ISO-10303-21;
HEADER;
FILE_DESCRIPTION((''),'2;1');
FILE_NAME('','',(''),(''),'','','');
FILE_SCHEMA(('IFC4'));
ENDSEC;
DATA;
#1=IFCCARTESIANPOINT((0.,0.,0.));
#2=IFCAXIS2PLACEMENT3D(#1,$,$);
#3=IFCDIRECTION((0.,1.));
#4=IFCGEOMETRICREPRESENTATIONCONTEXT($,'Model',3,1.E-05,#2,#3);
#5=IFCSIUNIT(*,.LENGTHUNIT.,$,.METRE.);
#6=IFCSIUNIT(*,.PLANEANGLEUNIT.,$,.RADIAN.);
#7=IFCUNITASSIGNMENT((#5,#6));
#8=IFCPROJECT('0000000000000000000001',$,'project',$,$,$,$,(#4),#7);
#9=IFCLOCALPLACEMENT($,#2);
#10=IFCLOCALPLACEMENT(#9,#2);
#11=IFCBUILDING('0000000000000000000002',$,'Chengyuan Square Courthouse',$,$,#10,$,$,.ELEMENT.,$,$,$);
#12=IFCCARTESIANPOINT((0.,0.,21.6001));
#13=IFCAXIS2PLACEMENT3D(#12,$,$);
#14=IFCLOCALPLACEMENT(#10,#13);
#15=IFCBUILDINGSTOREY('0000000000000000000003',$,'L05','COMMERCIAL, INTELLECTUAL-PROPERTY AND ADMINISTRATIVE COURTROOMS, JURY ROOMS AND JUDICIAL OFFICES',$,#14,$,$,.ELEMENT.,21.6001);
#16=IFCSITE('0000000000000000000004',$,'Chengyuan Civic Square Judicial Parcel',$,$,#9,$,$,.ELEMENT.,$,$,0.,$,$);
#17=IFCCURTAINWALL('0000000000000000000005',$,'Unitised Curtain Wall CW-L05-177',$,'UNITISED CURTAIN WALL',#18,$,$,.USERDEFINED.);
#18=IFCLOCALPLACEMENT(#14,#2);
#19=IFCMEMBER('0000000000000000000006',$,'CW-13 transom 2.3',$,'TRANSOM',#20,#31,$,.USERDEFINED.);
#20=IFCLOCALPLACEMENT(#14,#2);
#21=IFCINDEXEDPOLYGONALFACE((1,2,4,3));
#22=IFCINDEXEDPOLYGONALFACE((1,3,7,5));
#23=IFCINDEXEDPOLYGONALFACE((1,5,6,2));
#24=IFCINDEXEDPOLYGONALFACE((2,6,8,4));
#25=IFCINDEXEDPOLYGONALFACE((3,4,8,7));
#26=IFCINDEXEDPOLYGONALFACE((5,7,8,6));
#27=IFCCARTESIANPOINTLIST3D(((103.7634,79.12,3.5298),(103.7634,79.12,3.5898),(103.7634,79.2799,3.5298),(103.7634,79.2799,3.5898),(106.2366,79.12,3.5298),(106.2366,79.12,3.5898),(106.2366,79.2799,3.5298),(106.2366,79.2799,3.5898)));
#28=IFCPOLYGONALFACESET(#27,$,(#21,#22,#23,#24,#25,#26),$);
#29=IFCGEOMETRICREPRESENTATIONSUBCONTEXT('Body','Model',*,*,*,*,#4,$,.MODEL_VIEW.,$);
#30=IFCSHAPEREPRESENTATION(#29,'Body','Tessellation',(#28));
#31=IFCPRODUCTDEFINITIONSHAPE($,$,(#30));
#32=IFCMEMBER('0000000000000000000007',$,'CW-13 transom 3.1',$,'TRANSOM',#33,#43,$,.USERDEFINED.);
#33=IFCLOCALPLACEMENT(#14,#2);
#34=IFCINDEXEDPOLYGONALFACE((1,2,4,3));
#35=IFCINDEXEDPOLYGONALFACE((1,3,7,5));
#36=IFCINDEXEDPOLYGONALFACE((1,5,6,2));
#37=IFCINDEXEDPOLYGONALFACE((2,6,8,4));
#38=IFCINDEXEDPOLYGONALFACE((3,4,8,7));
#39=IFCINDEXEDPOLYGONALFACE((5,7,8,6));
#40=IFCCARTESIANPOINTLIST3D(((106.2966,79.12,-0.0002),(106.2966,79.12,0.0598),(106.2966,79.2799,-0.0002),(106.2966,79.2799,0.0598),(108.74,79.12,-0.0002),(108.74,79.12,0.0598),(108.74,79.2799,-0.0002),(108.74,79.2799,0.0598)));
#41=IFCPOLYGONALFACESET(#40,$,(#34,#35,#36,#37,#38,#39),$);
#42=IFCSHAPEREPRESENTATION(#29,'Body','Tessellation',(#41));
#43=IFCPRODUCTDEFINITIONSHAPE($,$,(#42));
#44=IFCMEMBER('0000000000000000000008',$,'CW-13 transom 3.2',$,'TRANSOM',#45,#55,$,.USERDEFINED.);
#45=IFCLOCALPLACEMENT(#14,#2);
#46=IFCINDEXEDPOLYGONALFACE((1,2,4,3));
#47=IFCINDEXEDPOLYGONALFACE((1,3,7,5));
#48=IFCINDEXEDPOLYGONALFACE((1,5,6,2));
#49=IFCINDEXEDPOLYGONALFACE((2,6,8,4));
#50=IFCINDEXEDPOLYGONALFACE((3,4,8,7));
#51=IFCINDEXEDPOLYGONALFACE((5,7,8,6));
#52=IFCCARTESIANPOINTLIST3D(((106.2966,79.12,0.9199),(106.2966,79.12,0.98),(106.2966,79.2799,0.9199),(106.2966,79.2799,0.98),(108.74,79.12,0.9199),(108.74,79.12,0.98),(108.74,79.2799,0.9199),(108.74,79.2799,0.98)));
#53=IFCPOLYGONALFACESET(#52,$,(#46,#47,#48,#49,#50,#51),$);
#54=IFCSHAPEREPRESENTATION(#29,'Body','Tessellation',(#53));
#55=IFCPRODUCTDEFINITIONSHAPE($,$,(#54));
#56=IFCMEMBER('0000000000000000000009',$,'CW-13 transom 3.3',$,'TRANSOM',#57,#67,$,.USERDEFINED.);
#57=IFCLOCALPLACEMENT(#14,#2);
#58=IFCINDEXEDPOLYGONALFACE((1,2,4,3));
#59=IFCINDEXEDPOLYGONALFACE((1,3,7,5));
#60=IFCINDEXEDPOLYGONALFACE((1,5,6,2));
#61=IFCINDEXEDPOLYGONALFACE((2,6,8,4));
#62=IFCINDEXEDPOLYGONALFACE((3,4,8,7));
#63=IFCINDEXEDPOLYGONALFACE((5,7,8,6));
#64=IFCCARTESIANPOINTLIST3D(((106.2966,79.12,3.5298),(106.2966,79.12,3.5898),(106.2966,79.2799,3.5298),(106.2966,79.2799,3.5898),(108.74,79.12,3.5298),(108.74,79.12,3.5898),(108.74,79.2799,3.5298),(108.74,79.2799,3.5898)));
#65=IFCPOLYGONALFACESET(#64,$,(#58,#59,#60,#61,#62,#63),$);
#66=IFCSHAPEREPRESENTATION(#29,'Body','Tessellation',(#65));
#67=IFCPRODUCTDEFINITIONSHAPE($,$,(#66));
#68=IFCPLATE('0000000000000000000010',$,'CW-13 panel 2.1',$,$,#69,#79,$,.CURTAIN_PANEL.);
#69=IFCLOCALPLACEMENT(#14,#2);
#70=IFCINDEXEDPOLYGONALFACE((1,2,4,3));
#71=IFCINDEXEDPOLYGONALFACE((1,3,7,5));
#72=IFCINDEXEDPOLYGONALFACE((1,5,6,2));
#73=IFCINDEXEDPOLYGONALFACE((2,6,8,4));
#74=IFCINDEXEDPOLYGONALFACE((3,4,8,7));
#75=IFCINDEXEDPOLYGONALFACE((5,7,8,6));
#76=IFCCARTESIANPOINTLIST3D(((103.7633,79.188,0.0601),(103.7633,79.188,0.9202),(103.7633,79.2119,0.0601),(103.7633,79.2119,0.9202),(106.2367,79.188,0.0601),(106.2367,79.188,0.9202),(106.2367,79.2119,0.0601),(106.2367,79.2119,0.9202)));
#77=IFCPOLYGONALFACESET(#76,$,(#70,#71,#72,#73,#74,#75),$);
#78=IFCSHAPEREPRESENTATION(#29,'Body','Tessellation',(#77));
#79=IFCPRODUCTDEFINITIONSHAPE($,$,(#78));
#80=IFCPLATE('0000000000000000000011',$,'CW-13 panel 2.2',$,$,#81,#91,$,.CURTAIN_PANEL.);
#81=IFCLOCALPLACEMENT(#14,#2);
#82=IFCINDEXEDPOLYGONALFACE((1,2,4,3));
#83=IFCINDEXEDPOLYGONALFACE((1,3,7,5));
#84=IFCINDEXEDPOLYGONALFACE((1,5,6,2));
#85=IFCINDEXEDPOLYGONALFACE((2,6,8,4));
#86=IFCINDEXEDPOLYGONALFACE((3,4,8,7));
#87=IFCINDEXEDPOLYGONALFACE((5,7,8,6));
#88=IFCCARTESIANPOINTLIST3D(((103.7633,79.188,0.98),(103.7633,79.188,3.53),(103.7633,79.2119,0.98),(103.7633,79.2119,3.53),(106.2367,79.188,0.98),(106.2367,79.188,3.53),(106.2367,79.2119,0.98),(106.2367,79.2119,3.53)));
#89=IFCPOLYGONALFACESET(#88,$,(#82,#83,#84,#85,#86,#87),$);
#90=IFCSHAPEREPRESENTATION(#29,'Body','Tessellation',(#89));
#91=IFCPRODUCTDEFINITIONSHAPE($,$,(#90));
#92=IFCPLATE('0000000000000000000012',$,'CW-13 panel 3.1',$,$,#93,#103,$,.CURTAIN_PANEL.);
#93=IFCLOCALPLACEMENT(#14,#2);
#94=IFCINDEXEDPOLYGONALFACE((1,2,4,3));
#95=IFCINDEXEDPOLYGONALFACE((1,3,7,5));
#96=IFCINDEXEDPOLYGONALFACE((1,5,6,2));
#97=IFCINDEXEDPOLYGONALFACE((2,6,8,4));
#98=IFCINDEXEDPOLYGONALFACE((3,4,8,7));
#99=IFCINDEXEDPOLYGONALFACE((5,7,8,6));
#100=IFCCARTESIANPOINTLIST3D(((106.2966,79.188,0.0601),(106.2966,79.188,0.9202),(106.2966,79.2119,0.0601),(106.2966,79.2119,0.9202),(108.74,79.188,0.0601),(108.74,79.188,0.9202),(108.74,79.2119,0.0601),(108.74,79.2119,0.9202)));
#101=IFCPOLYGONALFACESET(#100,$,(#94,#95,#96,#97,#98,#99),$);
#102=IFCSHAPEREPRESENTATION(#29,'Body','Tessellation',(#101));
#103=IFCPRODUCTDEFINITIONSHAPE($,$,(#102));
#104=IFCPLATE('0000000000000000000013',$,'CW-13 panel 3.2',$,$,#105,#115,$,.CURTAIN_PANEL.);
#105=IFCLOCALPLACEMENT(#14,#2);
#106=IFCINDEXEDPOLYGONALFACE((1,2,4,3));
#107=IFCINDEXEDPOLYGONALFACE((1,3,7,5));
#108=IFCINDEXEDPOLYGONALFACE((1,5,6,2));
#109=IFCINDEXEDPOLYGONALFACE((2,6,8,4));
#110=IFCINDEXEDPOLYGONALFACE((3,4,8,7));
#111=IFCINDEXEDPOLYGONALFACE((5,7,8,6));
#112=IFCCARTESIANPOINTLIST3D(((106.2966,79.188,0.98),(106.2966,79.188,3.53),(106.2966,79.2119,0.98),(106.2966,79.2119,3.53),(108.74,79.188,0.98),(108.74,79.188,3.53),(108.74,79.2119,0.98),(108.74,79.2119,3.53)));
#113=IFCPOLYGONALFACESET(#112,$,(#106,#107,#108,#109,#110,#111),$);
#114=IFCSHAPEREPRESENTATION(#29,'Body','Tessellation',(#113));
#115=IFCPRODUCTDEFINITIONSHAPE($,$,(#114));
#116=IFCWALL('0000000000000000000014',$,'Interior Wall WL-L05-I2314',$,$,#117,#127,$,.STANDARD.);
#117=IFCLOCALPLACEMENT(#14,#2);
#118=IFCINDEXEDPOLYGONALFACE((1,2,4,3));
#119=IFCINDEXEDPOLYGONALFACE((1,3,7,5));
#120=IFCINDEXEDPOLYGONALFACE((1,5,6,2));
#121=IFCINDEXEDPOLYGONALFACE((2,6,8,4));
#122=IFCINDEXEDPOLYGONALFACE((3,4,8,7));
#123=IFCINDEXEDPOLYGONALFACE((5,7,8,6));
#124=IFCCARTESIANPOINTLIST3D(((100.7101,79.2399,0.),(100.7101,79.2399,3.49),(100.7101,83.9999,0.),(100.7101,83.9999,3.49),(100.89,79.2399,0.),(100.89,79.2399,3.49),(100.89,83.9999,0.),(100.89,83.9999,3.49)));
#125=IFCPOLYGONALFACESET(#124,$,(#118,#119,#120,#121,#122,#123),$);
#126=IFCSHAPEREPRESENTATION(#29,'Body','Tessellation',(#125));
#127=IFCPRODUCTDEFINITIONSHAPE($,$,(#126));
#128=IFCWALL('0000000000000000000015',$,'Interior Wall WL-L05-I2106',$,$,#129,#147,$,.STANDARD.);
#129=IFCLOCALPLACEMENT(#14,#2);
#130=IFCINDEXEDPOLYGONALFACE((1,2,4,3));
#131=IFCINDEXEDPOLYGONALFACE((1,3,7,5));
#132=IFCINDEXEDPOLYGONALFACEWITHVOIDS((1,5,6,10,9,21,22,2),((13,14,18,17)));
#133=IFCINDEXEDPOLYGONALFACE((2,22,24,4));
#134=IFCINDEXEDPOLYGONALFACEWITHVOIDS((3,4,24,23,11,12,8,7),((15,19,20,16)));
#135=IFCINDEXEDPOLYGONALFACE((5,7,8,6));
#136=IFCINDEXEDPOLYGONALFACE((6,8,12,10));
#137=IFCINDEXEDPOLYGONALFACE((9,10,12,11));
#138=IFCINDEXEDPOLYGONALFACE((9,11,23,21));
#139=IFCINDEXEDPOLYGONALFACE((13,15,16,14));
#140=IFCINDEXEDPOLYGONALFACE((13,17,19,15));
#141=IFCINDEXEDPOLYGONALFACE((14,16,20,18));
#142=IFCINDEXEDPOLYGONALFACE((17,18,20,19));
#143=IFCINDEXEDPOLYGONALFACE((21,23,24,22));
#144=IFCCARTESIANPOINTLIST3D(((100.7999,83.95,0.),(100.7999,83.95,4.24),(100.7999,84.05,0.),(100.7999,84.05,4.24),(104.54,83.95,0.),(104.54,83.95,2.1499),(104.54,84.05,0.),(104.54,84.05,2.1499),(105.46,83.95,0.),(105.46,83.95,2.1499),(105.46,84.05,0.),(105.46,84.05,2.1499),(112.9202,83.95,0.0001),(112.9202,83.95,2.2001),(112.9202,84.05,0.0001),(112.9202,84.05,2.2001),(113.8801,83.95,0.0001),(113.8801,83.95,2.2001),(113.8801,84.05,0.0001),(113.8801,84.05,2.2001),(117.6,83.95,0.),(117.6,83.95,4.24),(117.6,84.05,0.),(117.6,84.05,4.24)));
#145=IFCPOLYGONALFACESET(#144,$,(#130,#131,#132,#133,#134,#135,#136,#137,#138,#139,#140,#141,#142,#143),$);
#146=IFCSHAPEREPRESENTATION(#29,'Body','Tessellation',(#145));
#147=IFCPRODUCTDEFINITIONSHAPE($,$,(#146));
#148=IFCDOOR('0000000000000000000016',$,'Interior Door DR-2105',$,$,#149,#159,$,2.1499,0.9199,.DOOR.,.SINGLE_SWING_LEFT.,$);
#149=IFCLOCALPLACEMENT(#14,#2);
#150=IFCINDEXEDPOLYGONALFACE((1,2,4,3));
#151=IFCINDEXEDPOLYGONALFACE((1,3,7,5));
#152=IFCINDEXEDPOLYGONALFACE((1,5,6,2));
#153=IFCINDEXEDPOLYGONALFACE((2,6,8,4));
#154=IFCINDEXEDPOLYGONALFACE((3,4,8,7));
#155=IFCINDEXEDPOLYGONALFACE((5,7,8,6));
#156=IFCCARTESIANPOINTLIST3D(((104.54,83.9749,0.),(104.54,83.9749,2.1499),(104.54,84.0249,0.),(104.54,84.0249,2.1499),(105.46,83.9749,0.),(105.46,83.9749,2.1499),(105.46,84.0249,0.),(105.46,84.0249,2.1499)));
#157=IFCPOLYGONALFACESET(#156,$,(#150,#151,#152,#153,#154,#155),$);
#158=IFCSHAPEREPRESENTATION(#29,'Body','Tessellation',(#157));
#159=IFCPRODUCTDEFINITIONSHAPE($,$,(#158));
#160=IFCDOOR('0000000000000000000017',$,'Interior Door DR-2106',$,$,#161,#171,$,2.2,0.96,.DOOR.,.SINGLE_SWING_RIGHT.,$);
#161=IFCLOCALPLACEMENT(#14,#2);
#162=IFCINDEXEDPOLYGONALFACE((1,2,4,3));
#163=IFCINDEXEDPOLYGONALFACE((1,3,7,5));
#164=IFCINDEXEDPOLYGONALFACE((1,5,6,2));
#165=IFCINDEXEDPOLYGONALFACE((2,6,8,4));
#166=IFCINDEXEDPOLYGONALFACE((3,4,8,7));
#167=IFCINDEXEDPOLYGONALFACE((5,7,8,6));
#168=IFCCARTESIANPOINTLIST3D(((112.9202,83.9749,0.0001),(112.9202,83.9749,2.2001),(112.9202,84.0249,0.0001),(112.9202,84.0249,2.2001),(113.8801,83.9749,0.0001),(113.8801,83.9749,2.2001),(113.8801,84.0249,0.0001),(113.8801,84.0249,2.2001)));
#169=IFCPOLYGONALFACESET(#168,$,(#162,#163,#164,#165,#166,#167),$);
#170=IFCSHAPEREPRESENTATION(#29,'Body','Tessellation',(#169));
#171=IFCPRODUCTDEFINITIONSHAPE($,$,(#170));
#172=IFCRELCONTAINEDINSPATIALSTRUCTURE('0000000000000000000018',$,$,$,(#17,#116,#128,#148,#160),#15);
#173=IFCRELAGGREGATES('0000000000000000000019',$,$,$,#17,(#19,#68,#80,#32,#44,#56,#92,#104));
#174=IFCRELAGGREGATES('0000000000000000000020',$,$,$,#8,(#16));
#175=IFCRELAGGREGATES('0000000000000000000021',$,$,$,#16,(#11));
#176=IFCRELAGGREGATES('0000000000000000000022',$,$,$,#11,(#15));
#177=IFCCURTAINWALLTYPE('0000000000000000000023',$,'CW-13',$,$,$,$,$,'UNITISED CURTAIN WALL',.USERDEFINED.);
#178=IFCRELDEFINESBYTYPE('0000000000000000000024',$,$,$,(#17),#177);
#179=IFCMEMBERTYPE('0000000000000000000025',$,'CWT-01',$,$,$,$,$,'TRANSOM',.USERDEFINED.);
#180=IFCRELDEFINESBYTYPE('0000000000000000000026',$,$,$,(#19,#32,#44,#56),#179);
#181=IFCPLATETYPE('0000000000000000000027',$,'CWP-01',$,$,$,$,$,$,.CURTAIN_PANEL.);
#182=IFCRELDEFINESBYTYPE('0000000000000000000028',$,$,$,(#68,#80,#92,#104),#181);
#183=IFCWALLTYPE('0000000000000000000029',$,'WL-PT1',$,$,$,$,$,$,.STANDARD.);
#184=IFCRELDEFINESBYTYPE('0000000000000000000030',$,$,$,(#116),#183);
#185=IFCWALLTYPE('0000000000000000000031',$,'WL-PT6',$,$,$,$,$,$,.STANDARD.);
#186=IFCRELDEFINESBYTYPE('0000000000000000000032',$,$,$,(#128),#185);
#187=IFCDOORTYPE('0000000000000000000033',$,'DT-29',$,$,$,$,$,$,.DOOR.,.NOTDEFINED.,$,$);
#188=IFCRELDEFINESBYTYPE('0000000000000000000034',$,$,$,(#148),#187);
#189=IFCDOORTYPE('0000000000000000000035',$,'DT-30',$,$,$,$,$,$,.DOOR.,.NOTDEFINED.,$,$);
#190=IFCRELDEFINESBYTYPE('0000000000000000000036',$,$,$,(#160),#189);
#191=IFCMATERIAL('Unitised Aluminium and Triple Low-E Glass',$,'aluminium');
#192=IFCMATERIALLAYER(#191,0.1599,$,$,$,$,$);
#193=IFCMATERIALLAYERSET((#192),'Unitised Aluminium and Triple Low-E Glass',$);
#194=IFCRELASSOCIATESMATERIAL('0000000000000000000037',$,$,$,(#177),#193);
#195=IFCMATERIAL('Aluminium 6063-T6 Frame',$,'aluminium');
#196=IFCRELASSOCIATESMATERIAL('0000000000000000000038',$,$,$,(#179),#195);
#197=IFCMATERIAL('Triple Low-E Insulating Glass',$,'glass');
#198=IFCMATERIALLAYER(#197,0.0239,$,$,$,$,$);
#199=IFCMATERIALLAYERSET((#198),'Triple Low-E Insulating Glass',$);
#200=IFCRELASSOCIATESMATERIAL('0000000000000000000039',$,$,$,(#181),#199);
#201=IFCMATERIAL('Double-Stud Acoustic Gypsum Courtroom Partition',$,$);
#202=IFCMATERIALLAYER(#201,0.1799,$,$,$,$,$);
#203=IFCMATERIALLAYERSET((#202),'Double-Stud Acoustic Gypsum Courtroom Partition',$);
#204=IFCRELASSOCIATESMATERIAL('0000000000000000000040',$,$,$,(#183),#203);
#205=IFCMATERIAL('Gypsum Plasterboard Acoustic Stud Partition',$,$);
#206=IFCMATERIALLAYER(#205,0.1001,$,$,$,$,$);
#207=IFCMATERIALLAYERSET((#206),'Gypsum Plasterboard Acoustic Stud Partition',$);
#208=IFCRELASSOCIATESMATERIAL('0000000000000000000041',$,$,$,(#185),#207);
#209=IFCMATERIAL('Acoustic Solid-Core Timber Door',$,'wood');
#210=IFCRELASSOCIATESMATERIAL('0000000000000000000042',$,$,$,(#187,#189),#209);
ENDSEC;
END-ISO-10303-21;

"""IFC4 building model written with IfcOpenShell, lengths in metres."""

from ifc_helpers import new_model, si_unit, direction, frame, frame_2d, origin, origin_2d, place, context, subcontext, project, spatial, rectangle, extrude, material, layer, layer_set, material_profile, profile_set, type_object, element, fill, aggregate, save


model = new_model("IFC4")

# Units and contexts
model_context = context("Model", 3, precision=1e-05, world=origin(), true_north=direction((0.0, 1.0)))
body_context = subcontext(model_context, "Body", "Model", "MODEL_VIEW")
ifc_project = project(units=[si_unit("LENGTHUNIT", "METRE"), si_unit("PLANEANGLEUNIT", "RADIAN")], contexts=[model_context])

# Site, building, storey
site_placement = place(None, origin())
site = spatial("IfcSite", under=ifc_project, at=site_placement, Name="Chengyuan Civic Square Judicial Parcel", CompositionType="ELEMENT", RefElevation=0.0)
building_placement = place(site_placement, origin())
building = spatial("IfcBuilding", under=site, at=building_placement, Name="Chengyuan Square Courthouse", CompositionType="ELEMENT")
storey_placement = place(building_placement, frame((0.0, 0.0, 21.6001)))
storey = spatial("IfcBuildingStorey", under=building, at=storey_placement, Name="L05", Description="COMMERCIAL, INTELLECTUAL-PROPERTY AND ADMINISTRATIVE COURTROOMS, JURY ROOMS AND JUDICIAL OFFICES", CompositionType="ELEMENT", Elevation=21.6001)

# Curtain wall, members, plates
ifc_material_1 = material(Name="Unitised Aluminium and Triple Low-E Glass", Category="aluminium")
ifc_layer_1 = layer(ifc_material_1, 0.1599)
ifc_layer_set_1 = layer_set([ifc_layer_1], Name="Unitised Aluminium and Triple Low-E Glass")
curtain_wall_type = type_object("IfcCurtainWallType", Name="CW-13", ElementType="UNITISED CURTAIN WALL", PredefinedType="USERDEFINED", material=ifc_layer_set_1)
curtain_wall_placement = place(storey_placement, origin())
curtain_wall = element("IfcCurtainWall", 1, at=curtain_wall_placement, inside=storey, type_object=curtain_wall_type, Name="Unitised Curtain Wall CW-L05-177", ObjectType="UNITISED CURTAIN WALL", PredefinedType="USERDEFINED")
ifc_material_2 = material(Name="Aluminium 6063-T6 Frame", Category="aluminium")
ifc_material_profile_1 = material_profile(ifc_material_2, rectangle(XDim=0.1599, YDim=0.0601, at=origin_2d()), Name="CW-TRN-60x120")
ifc_profile_set_1 = profile_set([ifc_material_profile_1], Name="Aluminium 6063-T6 Frame")
member_type_1 = type_object("IfcMemberType", Name="CWT-01", ElementType="TRANSOM", PredefinedType="USERDEFINED", material=ifc_profile_set_1)
member_1_placement = place(storey_placement, frame((103.7634, 79.2, 3.5598), z_axis=(1.0, 0.0, 0.0), x_axis=(0.0, 1.0, 0.0)))
member_1 = element("IfcMember", 2, at=member_1_placement, type_object=member_type_1, Name="CW-13 transom 2.3", ObjectType="TRANSOM", PredefinedType="USERDEFINED", context=body_context, shape_type="SweptSolid", body=[
    extrude(rectangle(XDim=0.1599, YDim=0.0601, at=origin_2d()), origin(), (0.0, 0.0, 1.0), 2.4731),
])
member_2_placement = place(storey_placement, frame((106.2966, 79.2, 0.0298), z_axis=(1.0, 0.0, 0.0), x_axis=(0.0, 1.0, 0.0)))
member_2 = element("IfcMember", 3, at=member_2_placement, type_object=member_type_1, Name="CW-13 transom 3.1", ObjectType="TRANSOM", PredefinedType="USERDEFINED", context=body_context, shape_type="SweptSolid", body=[
    extrude(rectangle(XDim=0.1599, YDim=0.0601, at=origin_2d()), origin(), (0.0, 0.0, 1.0), 2.4434),
])
member_3_placement = place(storey_placement, frame((106.2966, 79.2, 0.95), z_axis=(1.0, 0.0, 0.0), x_axis=(0.0, 1.0, 0.0)))
member_3 = element("IfcMember", 4, at=member_3_placement, type_object=member_type_1, Name="CW-13 transom 3.2", ObjectType="TRANSOM", PredefinedType="USERDEFINED", context=body_context, shape_type="SweptSolid", body=[
    extrude(rectangle(XDim=0.1599, YDim=0.0601, at=origin_2d()), origin(), (0.0, 0.0, 1.0), 2.4434),
])
member_4_placement = place(storey_placement, frame((106.2966, 79.2, 3.5598), z_axis=(1.0, 0.0, 0.0), x_axis=(0.0, 1.0, 0.0)))
member_4 = element("IfcMember", 5, at=member_4_placement, type_object=member_type_1, Name="CW-13 transom 3.3", ObjectType="TRANSOM", PredefinedType="USERDEFINED", context=body_context, shape_type="SweptSolid", body=[
    extrude(rectangle(XDim=0.1599, YDim=0.0601, at=origin_2d()), origin(), (0.0, 0.0, 1.0), 2.4434),
])
ifc_material_3 = material(Name="Triple Low-E Insulating Glass", Category="glass")
ifc_layer_2 = layer(ifc_material_3, 0.0239)
ifc_layer_set_2 = layer_set([ifc_layer_2], Name="Triple Low-E Insulating Glass")
plate_type = type_object("IfcPlateType", Name="CWP-01", PredefinedType="CURTAIN_PANEL", material=ifc_layer_set_2)
plate_1_placement = place(storey_placement, frame((105.0, 79.2, 0.0601), z_axis=(0.0, 0.0, 1.0), x_axis=(1.0, 0.0, 0.0)))
plate_1 = element("IfcPlate", 6, at=plate_1_placement, type_object=plate_type, Name="CW-13 panel 2.1", PredefinedType="CURTAIN_PANEL", context=body_context, shape_type="SweptSolid", body=[
    extrude(rectangle(XDim=2.4734, YDim=0.0239, at=origin_2d()), origin(), (0.0, 0.0, 1.0), 0.8601),
])
plate_2_placement = place(storey_placement, frame((105.0, 79.2, 0.98), z_axis=(0.0, 0.0, 1.0), x_axis=(1.0, 0.0, 0.0)))
plate_2 = element("IfcPlate", 7, at=plate_2_placement, type_object=plate_type, Name="CW-13 panel 2.2", PredefinedType="CURTAIN_PANEL", context=body_context, shape_type="SweptSolid", body=[
    extrude(rectangle(XDim=2.4734, YDim=0.0239, at=origin_2d()), origin(), (0.0, 0.0, 1.0), 2.55),
])
plate_3_placement = place(storey_placement, frame((107.5183, 79.2, 0.0601), z_axis=(0.0, 0.0, 1.0), x_axis=(1.0, 0.0, 0.0)))
plate_3 = element("IfcPlate", 8, at=plate_3_placement, type_object=plate_type, Name="CW-13 panel 3.1", PredefinedType="CURTAIN_PANEL", context=body_context, shape_type="SweptSolid", body=[
    extrude(rectangle(XDim=2.4434, YDim=0.0239, at=origin_2d()), origin(), (0.0, 0.0, 1.0), 0.8601),
])
plate_4_placement = place(storey_placement, frame((107.5183, 79.2, 0.98), z_axis=(0.0, 0.0, 1.0), x_axis=(1.0, 0.0, 0.0)))
plate_4 = element("IfcPlate", 9, at=plate_4_placement, type_object=plate_type, Name="CW-13 panel 3.2", PredefinedType="CURTAIN_PANEL", context=body_context, shape_type="SweptSolid", body=[
    extrude(rectangle(XDim=2.4434, YDim=0.0239, at=origin_2d()), origin(), (0.0, 0.0, 1.0), 2.55),
])
aggregate(curtain_wall, [member_1, plate_1, plate_2, member_2, member_3, member_4, plate_3, plate_4])

# Wall
ifc_material_4 = material(Name="Double-Stud Acoustic Gypsum Courtroom Partition")
ifc_layer_3 = layer(ifc_material_4, 0.1799)
ifc_layer_set_3 = layer_set([ifc_layer_3], Name="Double-Stud Acoustic Gypsum Courtroom Partition")
wall_type_1 = type_object("IfcWallType", Name="WL-PT1", PredefinedType="STANDARD", material=ifc_layer_set_3)
wall_1_placement = place(storey_placement, frame((100.8, 79.24, 0.0), z_axis=(0.0, 0.0, 1.0), x_axis=(0.0, 1.0, 0.0)))
element("IfcWall", 10, at=wall_1_placement, inside=storey, type_object=wall_type_1, Name="Interior Wall WL-L05-I2314", PredefinedType="STANDARD", context=body_context, shape_type="SweptSolid", body=[
    extrude(rectangle(XDim=4.76, YDim=0.1799, at=frame_2d((2.3799, 0.0))), origin(), (0.0, 0.0, 1.0), 3.49),
])

# Wall, openings, doors
ifc_material_5 = material(Name="Gypsum Plasterboard Acoustic Stud Partition")
ifc_layer_4 = layer(ifc_material_5, 0.1001)
ifc_layer_set_4 = layer_set([ifc_layer_4], Name="Gypsum Plasterboard Acoustic Stud Partition")
wall_type_2 = type_object("IfcWallType", Name="WL-PT6", PredefinedType="STANDARD", material=ifc_layer_set_4)
wall_2_placement = place(storey_placement, frame((100.8, 84.0, 0.0), z_axis=(0.0, 0.0, 1.0), x_axis=(1.0, 0.0, 0.0)))
wall_2 = element("IfcWall", 11, at=wall_2_placement, inside=storey, type_object=wall_type_2, Name="Interior Wall WL-L05-I2106", PredefinedType="STANDARD", context=body_context, shape_type="SweptSolid", body=[
    extrude(rectangle(XDim=16.8, YDim=0.1001, at=frame_2d((8.3999, 0.0))), origin(), (0.0, 0.0, 1.0), 4.24),
])
opening_1_placement = place(wall_2_placement, frame((3.74, 0.0, 0.0)))
opening_1 = element("IfcOpeningElement", 12, at=opening_1_placement, cuts=wall_2, PredefinedType="OPENING", context=body_context, shape_type="SweptSolid", body=[
    extrude(rectangle(XDim=0.9199, YDim=2.1499, at=frame_2d((0.46, 1.075))), frame((0.0, 0.062, 0.0), z_axis=(0.0, -1.0, 0.0), x_axis=(1.0, 0.0, 0.0)), (0.0, 0.0, 1.0), 0.124),
])
opening_2_placement = place(wall_2_placement, frame((12.1201, 0.0, 0.0)))
opening_2 = element("IfcOpeningElement", 13, at=opening_2_placement, cuts=wall_2, PredefinedType="OPENING", context=body_context, shape_type="SweptSolid", body=[
    extrude(rectangle(XDim=0.96, YDim=2.2, at=frame_2d((0.48, 1.1001))), frame((0.0, 0.062, 0.0), z_axis=(0.0, -1.0, 0.0), x_axis=(1.0, 0.0, 0.0)), (0.0, 0.0, 1.0), 0.124),
])
ifc_material_6 = material(Name="Acoustic Solid-Core Timber Door", Category="wood")
door_type_1 = type_object("IfcDoorType", Name="DT-29", OperationType="NOTDEFINED", PredefinedType="DOOR", material=ifc_material_6)
door_1_placement = place(opening_1_placement, origin())
door_1 = element("IfcDoor", 14, at=door_1_placement, inside=storey, type_object=door_type_1, Name="Interior Door DR-2105", OperationType="SINGLE_SWING_LEFT", OverallHeight=2.1499, OverallWidth=0.9199, PredefinedType="DOOR", context=body_context, shape_type="SweptSolid", body=[
    extrude(rectangle(XDim=0.9199, YDim=2.1499, at=frame_2d((0.46, 1.075))), frame((0.0, 0.0249, 0.0), z_axis=(0.0, -1.0, 0.0), x_axis=(1.0, 0.0, 0.0)), (0.0, 0.0, 1.0), 0.05),
])
fill(opening_1, door_1)
door_type_2 = type_object("IfcDoorType", Name="DT-30", OperationType="NOTDEFINED", PredefinedType="DOOR", material=ifc_material_6)
door_2_placement = place(opening_2_placement, origin())
door_2 = element("IfcDoor", 15, at=door_2_placement, inside=storey, type_object=door_type_2, Name="Interior Door DR-2106", OperationType="SINGLE_SWING_RIGHT", OverallHeight=2.2, OverallWidth=0.96, PredefinedType="DOOR", context=body_context, shape_type="SweptSolid", body=[
    extrude(rectangle(XDim=0.96, YDim=2.2, at=frame_2d((0.48, 1.1001))), frame((0.0, 0.0249, 0.0), z_axis=(0.0, -1.0, 0.0), x_axis=(1.0, 0.0, 0.0)), (0.0, 0.0, 1.0), 0.05),
])
fill(opening_2, door_2)

save(model, "model.ifc")
